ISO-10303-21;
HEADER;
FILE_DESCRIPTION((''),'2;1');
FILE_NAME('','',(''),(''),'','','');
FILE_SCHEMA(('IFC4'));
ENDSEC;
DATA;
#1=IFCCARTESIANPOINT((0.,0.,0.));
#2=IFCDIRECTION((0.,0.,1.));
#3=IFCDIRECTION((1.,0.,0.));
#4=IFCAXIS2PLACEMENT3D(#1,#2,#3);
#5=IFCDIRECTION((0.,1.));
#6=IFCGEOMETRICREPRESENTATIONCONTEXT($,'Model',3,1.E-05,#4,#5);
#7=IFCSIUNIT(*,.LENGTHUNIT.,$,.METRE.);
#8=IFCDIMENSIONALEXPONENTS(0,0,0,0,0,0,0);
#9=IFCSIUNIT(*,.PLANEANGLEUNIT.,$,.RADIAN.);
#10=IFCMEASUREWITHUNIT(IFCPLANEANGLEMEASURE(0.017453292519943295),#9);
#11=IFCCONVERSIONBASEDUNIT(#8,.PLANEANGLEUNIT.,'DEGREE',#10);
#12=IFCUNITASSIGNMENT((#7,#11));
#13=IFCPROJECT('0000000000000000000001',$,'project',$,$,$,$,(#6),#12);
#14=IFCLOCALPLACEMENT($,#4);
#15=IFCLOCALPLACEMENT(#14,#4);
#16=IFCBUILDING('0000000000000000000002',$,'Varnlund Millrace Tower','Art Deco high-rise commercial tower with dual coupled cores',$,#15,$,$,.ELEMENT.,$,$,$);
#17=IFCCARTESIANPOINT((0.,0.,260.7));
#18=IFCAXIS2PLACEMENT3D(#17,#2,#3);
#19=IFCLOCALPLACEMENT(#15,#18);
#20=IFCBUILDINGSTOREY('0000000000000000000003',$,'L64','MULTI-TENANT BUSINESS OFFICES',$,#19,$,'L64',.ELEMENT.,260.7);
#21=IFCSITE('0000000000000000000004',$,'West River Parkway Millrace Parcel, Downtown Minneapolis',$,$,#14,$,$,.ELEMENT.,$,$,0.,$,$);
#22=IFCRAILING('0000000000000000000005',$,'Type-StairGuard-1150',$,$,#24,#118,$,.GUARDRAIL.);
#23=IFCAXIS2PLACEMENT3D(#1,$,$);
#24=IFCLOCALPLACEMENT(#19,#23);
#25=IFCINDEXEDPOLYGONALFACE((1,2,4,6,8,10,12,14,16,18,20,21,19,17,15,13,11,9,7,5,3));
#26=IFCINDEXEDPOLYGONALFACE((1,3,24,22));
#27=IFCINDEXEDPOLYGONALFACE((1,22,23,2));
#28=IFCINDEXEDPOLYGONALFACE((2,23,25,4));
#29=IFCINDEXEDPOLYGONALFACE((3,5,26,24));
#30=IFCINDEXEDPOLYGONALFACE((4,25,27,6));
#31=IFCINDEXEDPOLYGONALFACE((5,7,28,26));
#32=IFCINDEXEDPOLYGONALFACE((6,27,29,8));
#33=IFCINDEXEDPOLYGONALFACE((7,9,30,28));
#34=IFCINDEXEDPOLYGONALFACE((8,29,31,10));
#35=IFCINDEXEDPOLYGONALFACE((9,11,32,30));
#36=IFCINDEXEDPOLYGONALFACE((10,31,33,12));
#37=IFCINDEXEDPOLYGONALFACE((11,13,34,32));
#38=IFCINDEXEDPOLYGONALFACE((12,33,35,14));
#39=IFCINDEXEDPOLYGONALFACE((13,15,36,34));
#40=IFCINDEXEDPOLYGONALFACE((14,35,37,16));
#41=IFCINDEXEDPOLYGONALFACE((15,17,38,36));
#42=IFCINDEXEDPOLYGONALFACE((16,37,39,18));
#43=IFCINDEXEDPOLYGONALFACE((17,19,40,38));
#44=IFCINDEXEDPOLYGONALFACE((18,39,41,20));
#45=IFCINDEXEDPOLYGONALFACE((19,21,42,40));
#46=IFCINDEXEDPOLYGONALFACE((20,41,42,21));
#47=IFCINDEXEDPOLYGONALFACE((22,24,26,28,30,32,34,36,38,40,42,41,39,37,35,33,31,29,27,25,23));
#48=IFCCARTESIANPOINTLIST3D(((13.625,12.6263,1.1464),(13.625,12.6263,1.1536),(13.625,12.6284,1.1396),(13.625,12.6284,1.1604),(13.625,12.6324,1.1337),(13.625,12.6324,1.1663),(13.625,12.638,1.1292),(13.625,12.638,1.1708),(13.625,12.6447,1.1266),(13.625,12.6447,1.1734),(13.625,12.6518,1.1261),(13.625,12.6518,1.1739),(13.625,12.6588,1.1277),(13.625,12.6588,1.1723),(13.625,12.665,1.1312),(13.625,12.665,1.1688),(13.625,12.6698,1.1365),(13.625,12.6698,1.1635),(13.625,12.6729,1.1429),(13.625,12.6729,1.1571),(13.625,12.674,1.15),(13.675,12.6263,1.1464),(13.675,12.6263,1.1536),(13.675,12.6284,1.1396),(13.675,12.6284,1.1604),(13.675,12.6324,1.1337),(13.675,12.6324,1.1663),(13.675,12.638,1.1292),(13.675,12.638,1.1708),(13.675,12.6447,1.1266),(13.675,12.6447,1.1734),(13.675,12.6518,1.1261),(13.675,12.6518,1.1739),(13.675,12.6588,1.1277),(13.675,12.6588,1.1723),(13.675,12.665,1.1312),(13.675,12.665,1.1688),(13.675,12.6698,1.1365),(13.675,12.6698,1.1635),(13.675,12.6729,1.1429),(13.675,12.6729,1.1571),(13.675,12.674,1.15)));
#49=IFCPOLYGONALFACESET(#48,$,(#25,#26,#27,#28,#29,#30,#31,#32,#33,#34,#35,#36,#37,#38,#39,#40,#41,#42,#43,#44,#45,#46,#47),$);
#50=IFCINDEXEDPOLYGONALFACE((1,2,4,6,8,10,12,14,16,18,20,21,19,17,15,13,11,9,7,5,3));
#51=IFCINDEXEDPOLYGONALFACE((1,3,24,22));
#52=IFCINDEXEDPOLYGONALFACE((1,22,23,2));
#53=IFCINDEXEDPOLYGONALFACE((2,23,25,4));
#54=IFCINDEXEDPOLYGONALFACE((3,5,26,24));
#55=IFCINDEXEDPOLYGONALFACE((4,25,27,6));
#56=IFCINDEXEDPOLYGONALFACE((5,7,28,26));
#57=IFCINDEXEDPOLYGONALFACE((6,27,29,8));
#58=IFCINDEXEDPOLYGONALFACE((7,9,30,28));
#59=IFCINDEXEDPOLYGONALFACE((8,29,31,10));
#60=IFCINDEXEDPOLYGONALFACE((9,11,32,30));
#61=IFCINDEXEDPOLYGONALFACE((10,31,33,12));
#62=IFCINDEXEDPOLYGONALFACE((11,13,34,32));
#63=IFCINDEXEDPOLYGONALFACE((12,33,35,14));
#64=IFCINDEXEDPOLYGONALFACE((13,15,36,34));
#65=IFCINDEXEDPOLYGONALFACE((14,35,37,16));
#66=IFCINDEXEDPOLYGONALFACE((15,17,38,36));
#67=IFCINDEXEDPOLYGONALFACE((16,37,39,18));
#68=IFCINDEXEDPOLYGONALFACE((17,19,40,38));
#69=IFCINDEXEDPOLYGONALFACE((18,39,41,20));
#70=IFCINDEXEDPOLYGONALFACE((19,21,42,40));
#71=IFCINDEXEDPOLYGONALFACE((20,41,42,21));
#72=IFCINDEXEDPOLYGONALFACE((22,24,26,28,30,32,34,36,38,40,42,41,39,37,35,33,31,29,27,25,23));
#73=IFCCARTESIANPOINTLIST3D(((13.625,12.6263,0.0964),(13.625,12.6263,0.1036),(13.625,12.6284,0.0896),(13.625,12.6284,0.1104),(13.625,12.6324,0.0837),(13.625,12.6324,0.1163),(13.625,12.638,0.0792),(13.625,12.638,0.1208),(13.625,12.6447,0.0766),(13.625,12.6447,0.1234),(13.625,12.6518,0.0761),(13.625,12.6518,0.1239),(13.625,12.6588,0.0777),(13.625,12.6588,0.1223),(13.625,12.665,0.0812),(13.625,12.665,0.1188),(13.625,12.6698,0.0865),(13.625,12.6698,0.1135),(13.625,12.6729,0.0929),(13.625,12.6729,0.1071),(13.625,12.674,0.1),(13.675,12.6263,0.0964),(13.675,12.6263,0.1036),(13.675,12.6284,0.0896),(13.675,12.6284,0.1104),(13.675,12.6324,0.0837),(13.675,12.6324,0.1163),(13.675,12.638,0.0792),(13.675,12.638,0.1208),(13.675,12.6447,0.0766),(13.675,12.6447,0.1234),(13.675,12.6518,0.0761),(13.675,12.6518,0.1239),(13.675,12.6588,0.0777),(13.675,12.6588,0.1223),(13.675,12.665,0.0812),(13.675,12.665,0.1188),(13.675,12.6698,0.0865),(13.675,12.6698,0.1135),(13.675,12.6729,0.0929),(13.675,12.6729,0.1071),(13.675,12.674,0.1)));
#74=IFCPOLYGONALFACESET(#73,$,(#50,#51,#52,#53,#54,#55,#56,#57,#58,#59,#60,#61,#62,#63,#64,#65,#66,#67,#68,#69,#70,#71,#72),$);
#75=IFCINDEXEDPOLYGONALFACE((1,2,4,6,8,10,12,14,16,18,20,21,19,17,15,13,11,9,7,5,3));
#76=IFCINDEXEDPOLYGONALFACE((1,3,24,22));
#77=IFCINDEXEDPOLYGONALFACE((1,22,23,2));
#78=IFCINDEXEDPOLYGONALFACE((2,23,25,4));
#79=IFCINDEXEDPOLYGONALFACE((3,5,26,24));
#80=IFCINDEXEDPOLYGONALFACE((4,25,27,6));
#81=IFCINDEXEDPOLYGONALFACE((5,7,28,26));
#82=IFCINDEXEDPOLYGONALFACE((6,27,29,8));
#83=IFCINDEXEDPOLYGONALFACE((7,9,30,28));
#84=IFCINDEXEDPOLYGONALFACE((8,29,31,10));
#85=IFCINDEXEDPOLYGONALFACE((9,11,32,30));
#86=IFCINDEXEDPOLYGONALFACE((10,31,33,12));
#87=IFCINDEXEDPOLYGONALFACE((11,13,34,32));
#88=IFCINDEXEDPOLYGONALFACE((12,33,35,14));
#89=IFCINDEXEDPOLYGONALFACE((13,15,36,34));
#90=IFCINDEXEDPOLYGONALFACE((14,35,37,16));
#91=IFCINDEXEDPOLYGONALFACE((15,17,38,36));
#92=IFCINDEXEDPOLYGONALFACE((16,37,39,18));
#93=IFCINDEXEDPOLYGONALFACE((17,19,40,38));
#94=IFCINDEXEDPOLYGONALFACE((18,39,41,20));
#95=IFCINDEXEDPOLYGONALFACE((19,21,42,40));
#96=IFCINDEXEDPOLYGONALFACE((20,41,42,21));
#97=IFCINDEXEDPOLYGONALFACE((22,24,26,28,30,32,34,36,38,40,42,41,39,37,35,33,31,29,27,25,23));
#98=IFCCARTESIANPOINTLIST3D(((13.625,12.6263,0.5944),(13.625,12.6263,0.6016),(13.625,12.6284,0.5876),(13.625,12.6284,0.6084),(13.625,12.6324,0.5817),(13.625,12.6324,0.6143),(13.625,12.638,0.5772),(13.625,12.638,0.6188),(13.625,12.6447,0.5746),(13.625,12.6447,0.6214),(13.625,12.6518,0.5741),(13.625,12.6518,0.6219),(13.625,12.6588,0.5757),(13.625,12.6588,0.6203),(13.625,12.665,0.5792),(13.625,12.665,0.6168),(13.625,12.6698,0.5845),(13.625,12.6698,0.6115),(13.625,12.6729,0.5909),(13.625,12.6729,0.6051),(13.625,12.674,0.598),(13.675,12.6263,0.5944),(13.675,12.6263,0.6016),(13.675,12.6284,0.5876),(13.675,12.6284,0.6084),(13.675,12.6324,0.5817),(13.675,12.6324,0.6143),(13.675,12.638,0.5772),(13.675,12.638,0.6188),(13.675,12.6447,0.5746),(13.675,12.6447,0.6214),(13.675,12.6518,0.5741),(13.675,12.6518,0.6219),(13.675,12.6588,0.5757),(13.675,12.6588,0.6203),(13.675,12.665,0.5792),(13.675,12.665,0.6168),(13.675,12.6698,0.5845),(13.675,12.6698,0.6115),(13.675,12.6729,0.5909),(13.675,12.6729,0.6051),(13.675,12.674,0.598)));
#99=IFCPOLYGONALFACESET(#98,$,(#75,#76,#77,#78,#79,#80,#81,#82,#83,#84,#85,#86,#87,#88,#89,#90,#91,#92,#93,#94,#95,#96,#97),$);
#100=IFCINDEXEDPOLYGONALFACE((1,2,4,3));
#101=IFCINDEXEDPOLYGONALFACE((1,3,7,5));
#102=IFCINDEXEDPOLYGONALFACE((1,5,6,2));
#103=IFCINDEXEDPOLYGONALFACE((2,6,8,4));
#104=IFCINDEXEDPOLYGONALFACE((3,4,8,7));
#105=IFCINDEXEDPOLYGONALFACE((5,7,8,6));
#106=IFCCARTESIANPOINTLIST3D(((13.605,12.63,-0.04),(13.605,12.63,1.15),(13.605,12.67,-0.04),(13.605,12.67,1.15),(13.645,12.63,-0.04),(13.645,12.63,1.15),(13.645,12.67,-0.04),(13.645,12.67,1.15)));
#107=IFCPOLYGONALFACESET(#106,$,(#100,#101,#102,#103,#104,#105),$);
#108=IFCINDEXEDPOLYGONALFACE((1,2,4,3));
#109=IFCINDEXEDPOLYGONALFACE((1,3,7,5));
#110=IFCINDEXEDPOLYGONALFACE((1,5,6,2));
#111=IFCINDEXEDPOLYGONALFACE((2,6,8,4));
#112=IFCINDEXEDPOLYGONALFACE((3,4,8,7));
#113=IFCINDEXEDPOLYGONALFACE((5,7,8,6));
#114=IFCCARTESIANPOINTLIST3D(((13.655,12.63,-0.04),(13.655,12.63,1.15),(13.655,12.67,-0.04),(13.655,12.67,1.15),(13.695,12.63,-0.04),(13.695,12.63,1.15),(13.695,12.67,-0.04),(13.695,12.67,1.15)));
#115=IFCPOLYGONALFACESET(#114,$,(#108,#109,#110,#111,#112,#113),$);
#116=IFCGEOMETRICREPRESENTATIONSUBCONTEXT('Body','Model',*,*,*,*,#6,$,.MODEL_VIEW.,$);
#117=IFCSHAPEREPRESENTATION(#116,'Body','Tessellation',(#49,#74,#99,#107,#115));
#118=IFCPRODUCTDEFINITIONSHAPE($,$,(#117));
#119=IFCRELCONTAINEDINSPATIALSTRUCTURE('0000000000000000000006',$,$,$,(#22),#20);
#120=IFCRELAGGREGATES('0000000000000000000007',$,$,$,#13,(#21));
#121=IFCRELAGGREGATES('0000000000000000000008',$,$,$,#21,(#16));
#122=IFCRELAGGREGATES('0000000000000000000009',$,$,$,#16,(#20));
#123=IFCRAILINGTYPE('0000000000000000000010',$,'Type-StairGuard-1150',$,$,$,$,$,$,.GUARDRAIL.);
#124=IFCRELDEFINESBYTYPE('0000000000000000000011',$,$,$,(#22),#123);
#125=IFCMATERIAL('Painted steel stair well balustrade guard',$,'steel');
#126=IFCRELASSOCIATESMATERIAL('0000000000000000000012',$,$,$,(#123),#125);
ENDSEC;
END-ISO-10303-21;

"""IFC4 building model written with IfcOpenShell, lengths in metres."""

from ifc_helpers import new_model, entity, si_unit, converted_unit, direction, frame, origin_with_axes, origin_2d_with_axis, place, context, subcontext, project, spatial, rectangle, circle, extrude, material, type_object, element, save


model = new_model("IFC4")

# Units and contexts
model_context = context("Model", 3, precision=1e-05, world=origin_with_axes(), true_north=direction((0.0, 1.0)))
body_context = subcontext(model_context, "Body", "Model", "MODEL_VIEW")
ifc_project = project(units=[si_unit("LENGTHUNIT", "METRE"), converted_unit("PLANEANGLEUNIT", "DEGREE", entity("IfcPlaneAngleMeasure", 0.017453292519943295), si_unit("PLANEANGLEUNIT", "RADIAN"), dimensions=[0, 0, 0, 0, 0, 0, 0])], contexts=[model_context])

# Site, building, storey
site_placement = place(None, origin_with_axes())
site = spatial("IfcSite", under=ifc_project, at=site_placement, Name="West River Parkway Millrace Parcel, Downtown Minneapolis", CompositionType="ELEMENT", RefElevation=0.0)
building_placement = place(site_placement, origin_with_axes())
building = spatial("IfcBuilding", under=site, at=building_placement, Name="Varnlund Millrace Tower", Description="Art Deco high-rise commercial tower with dual coupled cores", CompositionType="ELEMENT")
storey_placement = place(building_placement, frame((0.0, 0.0, 260.7), z_axis=(0.0, 0.0, 1.0), x_axis=(1.0, 0.0, 0.0)))
storey = spatial("IfcBuildingStorey", under=building, at=storey_placement, Name="L64", Description="MULTI-TENANT BUSINESS OFFICES", LongName="L64", CompositionType="ELEMENT", Elevation=260.7)

# Railing
ifc_material_1 = material(Name="Painted steel stair well balustrade guard", Category="steel")
railing_type_1 = type_object("IfcRailingType", Name="Type-StairGuard-1150", PredefinedType="GUARDRAIL", material=ifc_material_1)
railing_1_placement = place(storey_placement, frame((0.0, 0.0, -260.7), z_axis=(0.0, 0.0, 1.0), x_axis=(1.0, 0.0, 0.0)))
element("IfcRailing", 1, at=railing_1_placement, inside=storey, type_object=railing_type_1, Name="Type-StairGuard-1150", PredefinedType="GUARDRAIL", context=body_context, shape_type="SweptSolid", body=[
    extrude(circle(Radius=0.024, at=origin_2d_with_axis()), frame((13.625, 12.65, 261.85), z_axis=(1.0, 0.0, 0.0), x_axis=(0.0, 1.0, 0.0)), (0.0, 0.0, 1.0), 0.05),
    extrude(circle(Radius=0.024, at=origin_2d_with_axis()), frame((13.625, 12.65, 260.8), z_axis=(1.0, 0.0, 0.0), x_axis=(0.0, 1.0, 0.0)), (0.0, 0.0, 1.0), 0.05),
    extrude(circle(Radius=0.024, at=origin_2d_with_axis()), frame((13.625, 12.65, 261.298), z_axis=(1.0, 0.0, 0.0), x_axis=(0.0, 1.0, 0.0)), (0.0, 0.0, 1.0), 0.05),
    extrude(rectangle(XDim=0.04, YDim=0.04, at=origin_2d_with_axis()), frame((13.625, 12.65, 260.66), z_axis=(0.0, 0.0, 1.0), x_axis=(1.0, 0.0, 0.0)), (0.0, 0.0, 1.0), 1.19),
    extrude(rectangle(XDim=0.04, YDim=0.04, at=origin_2d_with_axis()), frame((13.675, 12.65, 260.66), z_axis=(0.0, 0.0, 1.0), x_axis=(1.0, 0.0, 0.0)), (0.0, 0.0, 1.0), 1.19),
])

save(model, "model.ifc")
